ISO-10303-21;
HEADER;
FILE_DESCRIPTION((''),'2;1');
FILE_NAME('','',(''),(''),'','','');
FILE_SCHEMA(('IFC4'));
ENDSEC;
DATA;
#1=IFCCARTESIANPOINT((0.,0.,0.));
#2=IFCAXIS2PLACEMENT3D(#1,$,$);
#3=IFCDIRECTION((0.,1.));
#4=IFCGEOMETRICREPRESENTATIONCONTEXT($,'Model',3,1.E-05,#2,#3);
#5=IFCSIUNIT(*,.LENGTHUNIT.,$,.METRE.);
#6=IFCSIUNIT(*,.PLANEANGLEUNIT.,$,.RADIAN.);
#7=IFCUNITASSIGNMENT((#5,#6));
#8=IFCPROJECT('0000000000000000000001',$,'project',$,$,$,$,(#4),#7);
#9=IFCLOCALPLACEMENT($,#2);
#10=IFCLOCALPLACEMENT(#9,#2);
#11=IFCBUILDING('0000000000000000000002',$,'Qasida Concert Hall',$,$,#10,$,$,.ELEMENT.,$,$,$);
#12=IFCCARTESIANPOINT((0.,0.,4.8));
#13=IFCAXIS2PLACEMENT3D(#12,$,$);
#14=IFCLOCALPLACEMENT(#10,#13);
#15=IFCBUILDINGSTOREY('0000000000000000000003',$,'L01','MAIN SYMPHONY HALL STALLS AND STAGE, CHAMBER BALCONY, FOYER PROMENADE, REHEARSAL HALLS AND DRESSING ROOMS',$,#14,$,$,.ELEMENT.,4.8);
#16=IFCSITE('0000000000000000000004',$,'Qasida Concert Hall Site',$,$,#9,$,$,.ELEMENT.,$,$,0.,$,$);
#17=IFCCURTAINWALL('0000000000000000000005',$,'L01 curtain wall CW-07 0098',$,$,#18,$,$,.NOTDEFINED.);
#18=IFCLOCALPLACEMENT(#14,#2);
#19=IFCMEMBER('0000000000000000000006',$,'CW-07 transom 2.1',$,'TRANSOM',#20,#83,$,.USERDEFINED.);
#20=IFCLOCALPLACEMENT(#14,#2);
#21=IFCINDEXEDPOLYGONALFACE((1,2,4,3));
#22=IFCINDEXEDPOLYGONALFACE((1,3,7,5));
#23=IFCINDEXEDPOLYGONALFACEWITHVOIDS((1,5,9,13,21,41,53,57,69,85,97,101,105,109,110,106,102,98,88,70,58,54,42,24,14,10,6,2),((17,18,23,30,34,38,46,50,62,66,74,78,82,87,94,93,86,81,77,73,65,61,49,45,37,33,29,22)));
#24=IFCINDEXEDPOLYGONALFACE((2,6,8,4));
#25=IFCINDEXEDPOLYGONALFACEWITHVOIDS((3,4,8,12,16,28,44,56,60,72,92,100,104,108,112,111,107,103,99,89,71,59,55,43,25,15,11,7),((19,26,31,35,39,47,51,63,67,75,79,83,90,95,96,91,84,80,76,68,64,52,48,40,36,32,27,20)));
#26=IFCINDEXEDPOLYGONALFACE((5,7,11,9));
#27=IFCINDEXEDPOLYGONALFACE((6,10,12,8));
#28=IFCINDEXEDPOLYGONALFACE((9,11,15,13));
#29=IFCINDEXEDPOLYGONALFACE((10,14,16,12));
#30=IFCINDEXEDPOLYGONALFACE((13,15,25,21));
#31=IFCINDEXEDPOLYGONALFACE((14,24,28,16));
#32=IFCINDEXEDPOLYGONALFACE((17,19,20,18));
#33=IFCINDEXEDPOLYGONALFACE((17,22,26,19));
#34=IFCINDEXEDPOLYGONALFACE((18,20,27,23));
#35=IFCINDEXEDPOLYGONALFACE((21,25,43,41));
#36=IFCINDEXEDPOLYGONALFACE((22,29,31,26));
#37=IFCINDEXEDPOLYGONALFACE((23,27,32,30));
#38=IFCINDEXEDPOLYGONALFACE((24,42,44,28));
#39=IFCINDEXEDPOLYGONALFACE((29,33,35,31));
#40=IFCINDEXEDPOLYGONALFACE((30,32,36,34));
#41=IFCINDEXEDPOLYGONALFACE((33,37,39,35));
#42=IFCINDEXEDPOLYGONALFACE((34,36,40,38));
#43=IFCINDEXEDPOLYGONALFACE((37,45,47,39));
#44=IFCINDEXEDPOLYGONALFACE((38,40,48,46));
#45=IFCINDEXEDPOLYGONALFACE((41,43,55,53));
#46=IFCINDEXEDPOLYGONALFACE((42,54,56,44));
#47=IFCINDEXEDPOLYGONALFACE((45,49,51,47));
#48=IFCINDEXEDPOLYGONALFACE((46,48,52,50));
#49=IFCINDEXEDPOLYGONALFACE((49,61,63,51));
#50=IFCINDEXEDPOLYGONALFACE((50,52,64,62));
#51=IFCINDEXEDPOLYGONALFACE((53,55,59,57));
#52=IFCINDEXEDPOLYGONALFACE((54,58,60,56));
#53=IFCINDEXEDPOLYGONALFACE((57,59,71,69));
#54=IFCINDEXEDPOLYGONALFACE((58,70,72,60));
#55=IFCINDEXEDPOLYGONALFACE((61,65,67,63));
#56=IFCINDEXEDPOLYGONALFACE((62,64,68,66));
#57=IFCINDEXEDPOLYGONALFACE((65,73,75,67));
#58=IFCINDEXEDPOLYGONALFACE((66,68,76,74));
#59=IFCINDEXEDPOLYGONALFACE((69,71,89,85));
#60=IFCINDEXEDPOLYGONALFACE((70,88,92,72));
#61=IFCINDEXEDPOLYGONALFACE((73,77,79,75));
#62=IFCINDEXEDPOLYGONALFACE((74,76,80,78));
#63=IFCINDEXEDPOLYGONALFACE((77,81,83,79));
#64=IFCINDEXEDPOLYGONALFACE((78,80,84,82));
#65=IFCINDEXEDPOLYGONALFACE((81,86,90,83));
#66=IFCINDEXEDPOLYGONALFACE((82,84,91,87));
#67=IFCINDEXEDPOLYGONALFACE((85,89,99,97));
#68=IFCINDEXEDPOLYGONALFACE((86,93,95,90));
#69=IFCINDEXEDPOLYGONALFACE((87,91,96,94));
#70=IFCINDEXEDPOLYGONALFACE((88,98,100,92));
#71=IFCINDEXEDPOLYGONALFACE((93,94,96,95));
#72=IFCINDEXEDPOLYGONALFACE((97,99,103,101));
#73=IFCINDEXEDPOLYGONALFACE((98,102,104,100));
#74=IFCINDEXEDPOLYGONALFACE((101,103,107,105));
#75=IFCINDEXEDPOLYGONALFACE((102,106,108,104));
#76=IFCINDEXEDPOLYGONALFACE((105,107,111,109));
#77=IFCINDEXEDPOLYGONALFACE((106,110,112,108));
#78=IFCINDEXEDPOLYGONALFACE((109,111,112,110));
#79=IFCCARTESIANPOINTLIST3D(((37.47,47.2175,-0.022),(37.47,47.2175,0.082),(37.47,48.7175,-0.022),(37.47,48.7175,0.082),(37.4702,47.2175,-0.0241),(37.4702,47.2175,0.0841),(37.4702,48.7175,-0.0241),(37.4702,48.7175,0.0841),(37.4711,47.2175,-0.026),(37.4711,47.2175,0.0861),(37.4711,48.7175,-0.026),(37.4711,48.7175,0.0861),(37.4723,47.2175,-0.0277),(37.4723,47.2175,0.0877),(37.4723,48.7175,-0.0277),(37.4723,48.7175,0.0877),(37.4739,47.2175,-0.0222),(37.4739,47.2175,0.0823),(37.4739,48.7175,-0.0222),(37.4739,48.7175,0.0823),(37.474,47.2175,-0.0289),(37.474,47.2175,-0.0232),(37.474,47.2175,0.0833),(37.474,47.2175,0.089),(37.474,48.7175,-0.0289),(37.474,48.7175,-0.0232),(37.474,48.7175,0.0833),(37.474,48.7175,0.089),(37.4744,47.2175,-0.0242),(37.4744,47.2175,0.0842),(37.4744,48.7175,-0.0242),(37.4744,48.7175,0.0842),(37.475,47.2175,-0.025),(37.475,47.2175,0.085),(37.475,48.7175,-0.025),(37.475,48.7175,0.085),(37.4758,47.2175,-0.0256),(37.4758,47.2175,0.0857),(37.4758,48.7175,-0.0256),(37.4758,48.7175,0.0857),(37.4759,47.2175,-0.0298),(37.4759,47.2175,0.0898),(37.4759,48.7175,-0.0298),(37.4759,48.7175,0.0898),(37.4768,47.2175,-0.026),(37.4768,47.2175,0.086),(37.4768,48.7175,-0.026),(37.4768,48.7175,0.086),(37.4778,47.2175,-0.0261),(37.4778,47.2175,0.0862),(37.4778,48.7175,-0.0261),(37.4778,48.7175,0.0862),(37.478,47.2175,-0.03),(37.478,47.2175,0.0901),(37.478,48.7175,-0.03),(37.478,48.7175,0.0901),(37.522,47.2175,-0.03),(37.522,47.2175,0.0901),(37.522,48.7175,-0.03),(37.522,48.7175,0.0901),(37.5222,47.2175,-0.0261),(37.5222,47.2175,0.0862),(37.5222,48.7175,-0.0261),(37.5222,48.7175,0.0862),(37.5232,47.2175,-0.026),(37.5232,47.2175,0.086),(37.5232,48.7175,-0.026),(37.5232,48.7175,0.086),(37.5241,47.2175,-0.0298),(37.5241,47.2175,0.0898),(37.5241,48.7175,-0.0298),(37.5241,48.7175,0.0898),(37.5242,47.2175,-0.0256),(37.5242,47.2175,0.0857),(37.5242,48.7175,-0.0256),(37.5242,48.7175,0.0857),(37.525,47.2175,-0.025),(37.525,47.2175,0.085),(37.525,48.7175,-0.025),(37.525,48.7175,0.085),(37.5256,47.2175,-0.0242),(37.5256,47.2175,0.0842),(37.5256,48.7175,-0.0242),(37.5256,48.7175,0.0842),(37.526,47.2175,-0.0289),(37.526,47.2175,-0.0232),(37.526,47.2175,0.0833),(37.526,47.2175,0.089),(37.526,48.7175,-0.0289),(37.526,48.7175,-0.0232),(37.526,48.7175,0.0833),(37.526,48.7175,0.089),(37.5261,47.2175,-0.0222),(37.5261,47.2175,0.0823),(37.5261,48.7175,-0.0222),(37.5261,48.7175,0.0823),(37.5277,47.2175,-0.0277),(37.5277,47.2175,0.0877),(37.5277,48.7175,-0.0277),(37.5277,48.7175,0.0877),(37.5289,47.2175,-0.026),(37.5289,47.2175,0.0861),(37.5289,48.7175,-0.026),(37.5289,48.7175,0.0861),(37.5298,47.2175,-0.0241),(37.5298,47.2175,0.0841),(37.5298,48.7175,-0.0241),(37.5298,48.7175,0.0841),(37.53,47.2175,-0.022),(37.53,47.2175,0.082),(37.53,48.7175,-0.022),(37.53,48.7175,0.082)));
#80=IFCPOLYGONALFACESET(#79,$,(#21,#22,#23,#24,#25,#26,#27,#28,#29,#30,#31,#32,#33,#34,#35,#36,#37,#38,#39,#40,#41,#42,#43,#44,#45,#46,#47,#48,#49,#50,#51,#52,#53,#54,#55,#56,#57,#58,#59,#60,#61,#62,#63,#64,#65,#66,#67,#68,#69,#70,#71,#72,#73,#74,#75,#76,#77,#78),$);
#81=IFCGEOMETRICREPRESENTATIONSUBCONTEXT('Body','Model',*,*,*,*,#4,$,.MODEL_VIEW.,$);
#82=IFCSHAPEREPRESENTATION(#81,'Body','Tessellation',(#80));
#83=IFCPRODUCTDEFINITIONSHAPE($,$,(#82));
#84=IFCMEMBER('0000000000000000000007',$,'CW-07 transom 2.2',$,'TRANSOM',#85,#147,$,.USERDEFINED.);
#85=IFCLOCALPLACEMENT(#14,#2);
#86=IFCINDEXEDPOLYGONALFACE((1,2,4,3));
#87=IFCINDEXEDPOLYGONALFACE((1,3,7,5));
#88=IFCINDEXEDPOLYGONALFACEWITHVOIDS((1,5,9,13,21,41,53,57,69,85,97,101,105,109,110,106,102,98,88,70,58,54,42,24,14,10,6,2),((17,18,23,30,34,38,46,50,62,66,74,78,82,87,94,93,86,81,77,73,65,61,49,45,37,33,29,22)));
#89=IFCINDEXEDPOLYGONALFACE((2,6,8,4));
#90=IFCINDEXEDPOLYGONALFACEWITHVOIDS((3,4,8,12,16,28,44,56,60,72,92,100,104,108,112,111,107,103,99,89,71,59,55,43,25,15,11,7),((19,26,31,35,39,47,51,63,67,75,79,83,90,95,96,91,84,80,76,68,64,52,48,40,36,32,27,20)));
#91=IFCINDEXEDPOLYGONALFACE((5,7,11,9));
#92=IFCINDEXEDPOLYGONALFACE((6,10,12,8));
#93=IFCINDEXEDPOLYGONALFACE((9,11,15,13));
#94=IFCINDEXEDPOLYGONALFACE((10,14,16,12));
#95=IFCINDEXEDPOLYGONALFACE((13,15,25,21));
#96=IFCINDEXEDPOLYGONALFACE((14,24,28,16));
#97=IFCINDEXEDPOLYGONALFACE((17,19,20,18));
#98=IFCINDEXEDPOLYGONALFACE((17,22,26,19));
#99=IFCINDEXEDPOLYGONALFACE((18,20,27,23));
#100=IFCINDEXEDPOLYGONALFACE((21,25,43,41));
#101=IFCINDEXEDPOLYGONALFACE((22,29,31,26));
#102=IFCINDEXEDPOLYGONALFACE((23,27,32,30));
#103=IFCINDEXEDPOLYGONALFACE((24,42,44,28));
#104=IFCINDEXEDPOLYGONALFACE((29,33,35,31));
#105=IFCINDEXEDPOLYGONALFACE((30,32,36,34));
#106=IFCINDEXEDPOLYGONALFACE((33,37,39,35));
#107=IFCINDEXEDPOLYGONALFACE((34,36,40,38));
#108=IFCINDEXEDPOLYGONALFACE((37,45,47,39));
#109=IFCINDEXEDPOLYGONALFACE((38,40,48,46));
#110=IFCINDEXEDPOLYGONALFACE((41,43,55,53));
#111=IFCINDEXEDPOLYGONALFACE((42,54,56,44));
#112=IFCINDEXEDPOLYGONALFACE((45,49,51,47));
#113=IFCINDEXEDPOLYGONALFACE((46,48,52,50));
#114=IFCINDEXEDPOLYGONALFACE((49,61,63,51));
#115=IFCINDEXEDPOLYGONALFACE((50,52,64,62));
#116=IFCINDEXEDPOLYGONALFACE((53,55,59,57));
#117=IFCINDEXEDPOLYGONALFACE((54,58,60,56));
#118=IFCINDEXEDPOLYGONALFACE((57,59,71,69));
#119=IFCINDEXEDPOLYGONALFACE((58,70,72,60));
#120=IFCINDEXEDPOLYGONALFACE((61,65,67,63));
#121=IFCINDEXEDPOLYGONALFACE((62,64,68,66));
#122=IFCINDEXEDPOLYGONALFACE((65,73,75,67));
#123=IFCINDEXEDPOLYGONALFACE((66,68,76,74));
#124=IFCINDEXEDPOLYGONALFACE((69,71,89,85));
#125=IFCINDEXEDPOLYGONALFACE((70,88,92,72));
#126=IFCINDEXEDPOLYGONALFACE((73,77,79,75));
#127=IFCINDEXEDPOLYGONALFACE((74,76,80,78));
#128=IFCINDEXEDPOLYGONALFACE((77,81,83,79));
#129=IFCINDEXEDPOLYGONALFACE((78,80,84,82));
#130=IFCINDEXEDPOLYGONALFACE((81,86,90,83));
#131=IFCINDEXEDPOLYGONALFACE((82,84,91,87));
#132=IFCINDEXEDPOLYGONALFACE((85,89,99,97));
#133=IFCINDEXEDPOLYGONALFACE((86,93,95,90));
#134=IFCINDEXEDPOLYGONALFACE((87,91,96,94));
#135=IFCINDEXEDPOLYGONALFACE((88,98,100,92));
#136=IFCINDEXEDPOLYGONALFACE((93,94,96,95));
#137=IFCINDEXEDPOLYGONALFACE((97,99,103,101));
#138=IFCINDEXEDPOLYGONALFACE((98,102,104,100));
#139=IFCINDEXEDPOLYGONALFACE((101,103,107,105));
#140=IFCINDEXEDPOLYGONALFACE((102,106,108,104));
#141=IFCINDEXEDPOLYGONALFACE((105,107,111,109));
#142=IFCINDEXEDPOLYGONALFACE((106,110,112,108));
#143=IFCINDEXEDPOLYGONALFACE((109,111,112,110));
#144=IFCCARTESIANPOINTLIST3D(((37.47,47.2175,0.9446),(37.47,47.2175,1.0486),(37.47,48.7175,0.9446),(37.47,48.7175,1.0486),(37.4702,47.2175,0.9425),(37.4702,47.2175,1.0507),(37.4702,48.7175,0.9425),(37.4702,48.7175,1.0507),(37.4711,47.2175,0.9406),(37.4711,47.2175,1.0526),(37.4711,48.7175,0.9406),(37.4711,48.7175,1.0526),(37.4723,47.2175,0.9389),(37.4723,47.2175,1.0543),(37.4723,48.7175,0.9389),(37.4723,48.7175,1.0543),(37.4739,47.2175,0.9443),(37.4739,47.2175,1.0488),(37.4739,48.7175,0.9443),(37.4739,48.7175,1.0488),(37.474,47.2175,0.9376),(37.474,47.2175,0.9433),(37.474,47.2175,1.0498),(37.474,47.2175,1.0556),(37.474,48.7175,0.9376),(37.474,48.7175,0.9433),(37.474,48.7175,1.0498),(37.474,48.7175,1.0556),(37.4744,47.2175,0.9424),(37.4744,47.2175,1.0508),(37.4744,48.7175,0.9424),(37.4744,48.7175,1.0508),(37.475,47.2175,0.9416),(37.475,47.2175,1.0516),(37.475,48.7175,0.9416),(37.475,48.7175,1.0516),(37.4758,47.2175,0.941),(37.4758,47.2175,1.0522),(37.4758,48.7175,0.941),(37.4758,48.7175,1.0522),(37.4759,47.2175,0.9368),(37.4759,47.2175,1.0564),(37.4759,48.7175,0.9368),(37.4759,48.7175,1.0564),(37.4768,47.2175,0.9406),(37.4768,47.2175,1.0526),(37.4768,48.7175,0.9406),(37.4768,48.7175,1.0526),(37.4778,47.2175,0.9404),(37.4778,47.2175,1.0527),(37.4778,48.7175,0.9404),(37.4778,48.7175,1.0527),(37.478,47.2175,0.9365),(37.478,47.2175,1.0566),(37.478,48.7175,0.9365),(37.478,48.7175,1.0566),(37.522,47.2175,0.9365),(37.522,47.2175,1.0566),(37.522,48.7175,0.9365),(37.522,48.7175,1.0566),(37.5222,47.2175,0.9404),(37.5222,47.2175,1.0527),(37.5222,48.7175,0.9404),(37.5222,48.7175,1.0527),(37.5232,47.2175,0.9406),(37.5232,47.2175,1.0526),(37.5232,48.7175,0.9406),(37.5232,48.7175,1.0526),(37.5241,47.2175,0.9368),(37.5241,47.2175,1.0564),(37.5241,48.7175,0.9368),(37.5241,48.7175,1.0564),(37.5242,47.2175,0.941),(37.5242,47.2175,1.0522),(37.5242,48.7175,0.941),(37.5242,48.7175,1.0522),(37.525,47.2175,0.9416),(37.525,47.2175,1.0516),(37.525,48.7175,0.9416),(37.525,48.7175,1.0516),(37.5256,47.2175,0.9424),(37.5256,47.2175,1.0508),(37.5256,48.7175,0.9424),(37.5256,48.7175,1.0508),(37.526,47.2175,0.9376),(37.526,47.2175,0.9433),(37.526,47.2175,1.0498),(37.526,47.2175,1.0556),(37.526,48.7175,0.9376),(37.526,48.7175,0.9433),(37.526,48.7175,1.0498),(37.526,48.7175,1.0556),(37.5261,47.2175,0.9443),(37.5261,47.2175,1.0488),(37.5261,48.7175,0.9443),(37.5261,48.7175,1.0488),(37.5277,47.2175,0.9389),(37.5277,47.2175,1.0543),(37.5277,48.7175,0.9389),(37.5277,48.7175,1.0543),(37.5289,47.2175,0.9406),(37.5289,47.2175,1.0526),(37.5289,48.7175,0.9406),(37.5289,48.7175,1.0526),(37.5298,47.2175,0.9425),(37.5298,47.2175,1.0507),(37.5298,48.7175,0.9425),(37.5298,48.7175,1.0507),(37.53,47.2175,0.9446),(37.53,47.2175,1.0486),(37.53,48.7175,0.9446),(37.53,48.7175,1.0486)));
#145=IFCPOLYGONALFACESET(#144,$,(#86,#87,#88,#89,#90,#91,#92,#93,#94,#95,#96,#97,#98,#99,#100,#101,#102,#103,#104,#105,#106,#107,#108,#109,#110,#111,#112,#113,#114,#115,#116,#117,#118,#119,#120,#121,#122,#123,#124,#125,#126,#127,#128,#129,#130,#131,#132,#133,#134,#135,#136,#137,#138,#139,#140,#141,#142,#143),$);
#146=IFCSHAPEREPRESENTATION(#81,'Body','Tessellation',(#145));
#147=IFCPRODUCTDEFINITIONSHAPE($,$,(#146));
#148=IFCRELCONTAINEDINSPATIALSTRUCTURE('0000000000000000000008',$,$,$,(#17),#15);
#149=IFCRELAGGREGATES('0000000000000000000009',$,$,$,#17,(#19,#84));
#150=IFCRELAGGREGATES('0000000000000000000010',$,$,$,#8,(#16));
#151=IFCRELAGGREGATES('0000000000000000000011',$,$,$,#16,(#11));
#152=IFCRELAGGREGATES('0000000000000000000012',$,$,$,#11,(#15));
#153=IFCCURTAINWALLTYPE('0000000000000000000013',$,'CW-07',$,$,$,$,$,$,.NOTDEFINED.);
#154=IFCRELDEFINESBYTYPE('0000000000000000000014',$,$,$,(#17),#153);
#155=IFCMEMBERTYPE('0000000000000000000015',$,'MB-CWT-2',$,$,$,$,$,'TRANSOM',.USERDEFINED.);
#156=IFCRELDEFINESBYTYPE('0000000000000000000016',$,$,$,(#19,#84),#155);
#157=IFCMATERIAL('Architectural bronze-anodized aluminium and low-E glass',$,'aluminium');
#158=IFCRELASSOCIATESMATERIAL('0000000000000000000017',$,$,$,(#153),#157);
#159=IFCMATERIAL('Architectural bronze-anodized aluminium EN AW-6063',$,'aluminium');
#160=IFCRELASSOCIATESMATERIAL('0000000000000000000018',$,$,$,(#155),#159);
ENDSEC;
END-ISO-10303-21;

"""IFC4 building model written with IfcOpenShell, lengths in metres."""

from ifc_helpers import new_model, si_unit, direction, frame, origin, origin_2d, place, context, subcontext, project, spatial, hollow_rectangle, extrude, material, material_profile, profile_set, type_object, element, aggregate, save


model = new_model("IFC4")

# Units and contexts
model_context = context("Model", 3, precision=1e-05, world=origin(), true_north=direction((0.0, 1.0)))
body_context = subcontext(model_context, "Body", "Model", "MODEL_VIEW")
ifc_project = project(units=[si_unit("LENGTHUNIT", "METRE"), si_unit("PLANEANGLEUNIT", "RADIAN")], contexts=[model_context])

# Site, building, storey
site_placement = place(None, origin())
site = spatial("IfcSite", under=ifc_project, at=site_placement, Name="Qasida Concert Hall Site", CompositionType="ELEMENT", RefElevation=0.0)
building_placement = place(site_placement, origin())
building = spatial("IfcBuilding", under=site, at=building_placement, Name="Qasida Concert Hall", CompositionType="ELEMENT")
storey_placement = place(building_placement, frame((0.0, 0.0, 4.8)))
storey = spatial("IfcBuildingStorey", under=building, at=storey_placement, Name="L01", Description="MAIN SYMPHONY HALL STALLS AND STAGE, CHAMBER BALCONY, FOYER PROMENADE, REHEARSAL HALLS AND DRESSING ROOMS", CompositionType="ELEMENT", Elevation=4.8)

# Curtain wall, members
ifc_material_1 = material(Name="Architectural bronze-anodized aluminium and low-E glass", Category="aluminium")
curtain_wall_type = type_object("IfcCurtainWallType", Name="CW-07", PredefinedType="NOTDEFINED", material=ifc_material_1)
curtain_wall_placement = place(storey_placement, origin())
curtain_wall = element("IfcCurtainWall", 1, at=curtain_wall_placement, inside=storey, type_object=curtain_wall_type, Name="L01 curtain wall CW-07 0098", PredefinedType="NOTDEFINED")
ifc_material_2 = material(Name="Architectural bronze-anodized aluminium EN AW-6063", Category="aluminium")
ifc_material_profile_1 = material_profile(ifc_material_2, hollow_rectangle(XDim=0.0601, YDim=0.1201, WallThickness=0.0039, InnerFilletRadius=0.0039, OuterFilletRadius=0.0081, at=origin_2d()), Name="CWT 120x60x4")
ifc_profile_set_1 = profile_set([ifc_material_profile_1], Name="Architectural bronze-anodized aluminium EN AW-6063")
member_type_1 = type_object("IfcMemberType", Name="MB-CWT-2", ElementType="TRANSOM", PredefinedType="USERDEFINED", material=ifc_profile_set_1)
member_1_placement = place(storey_placement, frame((37.5, 47.2175, 0.03), z_axis=(0.0, 1.0, 0.0), x_axis=(-1.0, 0.0, 0.0)))
member_1 = element("IfcMember", 2, at=member_1_placement, type_object=member_type_1, Name="CW-07 transom 2.1", ObjectType="TRANSOM", PredefinedType="USERDEFINED", context=body_context, shape_type="SweptSolid", body=[
    extrude(hollow_rectangle(XDim=0.0601, YDim=0.1201, WallThickness=0.0039, InnerFilletRadius=0.0039, OuterFilletRadius=0.0081, at=origin_2d()), origin(), (0.0, 0.0, 1.0), 1.5),
])
member_2_placement = place(storey_placement, frame((37.5, 47.2175, 0.9966), z_axis=(0.0, 1.0, 0.0), x_axis=(-1.0, 0.0, 0.0)))
member_2 = element("IfcMember", 3, at=member_2_placement, type_object=member_type_1, Name="CW-07 transom 2.2", ObjectType="TRANSOM", PredefinedType="USERDEFINED", context=body_context, shape_type="SweptSolid", body=[
    extrude(hollow_rectangle(XDim=0.0601, YDim=0.1201, WallThickness=0.0039, InnerFilletRadius=0.0039, OuterFilletRadius=0.0081, at=origin_2d()), origin(), (0.0, 0.0, 1.0), 1.5),
])
aggregate(curtain_wall, [member_1, member_2])

save(model, "model.ifc")
